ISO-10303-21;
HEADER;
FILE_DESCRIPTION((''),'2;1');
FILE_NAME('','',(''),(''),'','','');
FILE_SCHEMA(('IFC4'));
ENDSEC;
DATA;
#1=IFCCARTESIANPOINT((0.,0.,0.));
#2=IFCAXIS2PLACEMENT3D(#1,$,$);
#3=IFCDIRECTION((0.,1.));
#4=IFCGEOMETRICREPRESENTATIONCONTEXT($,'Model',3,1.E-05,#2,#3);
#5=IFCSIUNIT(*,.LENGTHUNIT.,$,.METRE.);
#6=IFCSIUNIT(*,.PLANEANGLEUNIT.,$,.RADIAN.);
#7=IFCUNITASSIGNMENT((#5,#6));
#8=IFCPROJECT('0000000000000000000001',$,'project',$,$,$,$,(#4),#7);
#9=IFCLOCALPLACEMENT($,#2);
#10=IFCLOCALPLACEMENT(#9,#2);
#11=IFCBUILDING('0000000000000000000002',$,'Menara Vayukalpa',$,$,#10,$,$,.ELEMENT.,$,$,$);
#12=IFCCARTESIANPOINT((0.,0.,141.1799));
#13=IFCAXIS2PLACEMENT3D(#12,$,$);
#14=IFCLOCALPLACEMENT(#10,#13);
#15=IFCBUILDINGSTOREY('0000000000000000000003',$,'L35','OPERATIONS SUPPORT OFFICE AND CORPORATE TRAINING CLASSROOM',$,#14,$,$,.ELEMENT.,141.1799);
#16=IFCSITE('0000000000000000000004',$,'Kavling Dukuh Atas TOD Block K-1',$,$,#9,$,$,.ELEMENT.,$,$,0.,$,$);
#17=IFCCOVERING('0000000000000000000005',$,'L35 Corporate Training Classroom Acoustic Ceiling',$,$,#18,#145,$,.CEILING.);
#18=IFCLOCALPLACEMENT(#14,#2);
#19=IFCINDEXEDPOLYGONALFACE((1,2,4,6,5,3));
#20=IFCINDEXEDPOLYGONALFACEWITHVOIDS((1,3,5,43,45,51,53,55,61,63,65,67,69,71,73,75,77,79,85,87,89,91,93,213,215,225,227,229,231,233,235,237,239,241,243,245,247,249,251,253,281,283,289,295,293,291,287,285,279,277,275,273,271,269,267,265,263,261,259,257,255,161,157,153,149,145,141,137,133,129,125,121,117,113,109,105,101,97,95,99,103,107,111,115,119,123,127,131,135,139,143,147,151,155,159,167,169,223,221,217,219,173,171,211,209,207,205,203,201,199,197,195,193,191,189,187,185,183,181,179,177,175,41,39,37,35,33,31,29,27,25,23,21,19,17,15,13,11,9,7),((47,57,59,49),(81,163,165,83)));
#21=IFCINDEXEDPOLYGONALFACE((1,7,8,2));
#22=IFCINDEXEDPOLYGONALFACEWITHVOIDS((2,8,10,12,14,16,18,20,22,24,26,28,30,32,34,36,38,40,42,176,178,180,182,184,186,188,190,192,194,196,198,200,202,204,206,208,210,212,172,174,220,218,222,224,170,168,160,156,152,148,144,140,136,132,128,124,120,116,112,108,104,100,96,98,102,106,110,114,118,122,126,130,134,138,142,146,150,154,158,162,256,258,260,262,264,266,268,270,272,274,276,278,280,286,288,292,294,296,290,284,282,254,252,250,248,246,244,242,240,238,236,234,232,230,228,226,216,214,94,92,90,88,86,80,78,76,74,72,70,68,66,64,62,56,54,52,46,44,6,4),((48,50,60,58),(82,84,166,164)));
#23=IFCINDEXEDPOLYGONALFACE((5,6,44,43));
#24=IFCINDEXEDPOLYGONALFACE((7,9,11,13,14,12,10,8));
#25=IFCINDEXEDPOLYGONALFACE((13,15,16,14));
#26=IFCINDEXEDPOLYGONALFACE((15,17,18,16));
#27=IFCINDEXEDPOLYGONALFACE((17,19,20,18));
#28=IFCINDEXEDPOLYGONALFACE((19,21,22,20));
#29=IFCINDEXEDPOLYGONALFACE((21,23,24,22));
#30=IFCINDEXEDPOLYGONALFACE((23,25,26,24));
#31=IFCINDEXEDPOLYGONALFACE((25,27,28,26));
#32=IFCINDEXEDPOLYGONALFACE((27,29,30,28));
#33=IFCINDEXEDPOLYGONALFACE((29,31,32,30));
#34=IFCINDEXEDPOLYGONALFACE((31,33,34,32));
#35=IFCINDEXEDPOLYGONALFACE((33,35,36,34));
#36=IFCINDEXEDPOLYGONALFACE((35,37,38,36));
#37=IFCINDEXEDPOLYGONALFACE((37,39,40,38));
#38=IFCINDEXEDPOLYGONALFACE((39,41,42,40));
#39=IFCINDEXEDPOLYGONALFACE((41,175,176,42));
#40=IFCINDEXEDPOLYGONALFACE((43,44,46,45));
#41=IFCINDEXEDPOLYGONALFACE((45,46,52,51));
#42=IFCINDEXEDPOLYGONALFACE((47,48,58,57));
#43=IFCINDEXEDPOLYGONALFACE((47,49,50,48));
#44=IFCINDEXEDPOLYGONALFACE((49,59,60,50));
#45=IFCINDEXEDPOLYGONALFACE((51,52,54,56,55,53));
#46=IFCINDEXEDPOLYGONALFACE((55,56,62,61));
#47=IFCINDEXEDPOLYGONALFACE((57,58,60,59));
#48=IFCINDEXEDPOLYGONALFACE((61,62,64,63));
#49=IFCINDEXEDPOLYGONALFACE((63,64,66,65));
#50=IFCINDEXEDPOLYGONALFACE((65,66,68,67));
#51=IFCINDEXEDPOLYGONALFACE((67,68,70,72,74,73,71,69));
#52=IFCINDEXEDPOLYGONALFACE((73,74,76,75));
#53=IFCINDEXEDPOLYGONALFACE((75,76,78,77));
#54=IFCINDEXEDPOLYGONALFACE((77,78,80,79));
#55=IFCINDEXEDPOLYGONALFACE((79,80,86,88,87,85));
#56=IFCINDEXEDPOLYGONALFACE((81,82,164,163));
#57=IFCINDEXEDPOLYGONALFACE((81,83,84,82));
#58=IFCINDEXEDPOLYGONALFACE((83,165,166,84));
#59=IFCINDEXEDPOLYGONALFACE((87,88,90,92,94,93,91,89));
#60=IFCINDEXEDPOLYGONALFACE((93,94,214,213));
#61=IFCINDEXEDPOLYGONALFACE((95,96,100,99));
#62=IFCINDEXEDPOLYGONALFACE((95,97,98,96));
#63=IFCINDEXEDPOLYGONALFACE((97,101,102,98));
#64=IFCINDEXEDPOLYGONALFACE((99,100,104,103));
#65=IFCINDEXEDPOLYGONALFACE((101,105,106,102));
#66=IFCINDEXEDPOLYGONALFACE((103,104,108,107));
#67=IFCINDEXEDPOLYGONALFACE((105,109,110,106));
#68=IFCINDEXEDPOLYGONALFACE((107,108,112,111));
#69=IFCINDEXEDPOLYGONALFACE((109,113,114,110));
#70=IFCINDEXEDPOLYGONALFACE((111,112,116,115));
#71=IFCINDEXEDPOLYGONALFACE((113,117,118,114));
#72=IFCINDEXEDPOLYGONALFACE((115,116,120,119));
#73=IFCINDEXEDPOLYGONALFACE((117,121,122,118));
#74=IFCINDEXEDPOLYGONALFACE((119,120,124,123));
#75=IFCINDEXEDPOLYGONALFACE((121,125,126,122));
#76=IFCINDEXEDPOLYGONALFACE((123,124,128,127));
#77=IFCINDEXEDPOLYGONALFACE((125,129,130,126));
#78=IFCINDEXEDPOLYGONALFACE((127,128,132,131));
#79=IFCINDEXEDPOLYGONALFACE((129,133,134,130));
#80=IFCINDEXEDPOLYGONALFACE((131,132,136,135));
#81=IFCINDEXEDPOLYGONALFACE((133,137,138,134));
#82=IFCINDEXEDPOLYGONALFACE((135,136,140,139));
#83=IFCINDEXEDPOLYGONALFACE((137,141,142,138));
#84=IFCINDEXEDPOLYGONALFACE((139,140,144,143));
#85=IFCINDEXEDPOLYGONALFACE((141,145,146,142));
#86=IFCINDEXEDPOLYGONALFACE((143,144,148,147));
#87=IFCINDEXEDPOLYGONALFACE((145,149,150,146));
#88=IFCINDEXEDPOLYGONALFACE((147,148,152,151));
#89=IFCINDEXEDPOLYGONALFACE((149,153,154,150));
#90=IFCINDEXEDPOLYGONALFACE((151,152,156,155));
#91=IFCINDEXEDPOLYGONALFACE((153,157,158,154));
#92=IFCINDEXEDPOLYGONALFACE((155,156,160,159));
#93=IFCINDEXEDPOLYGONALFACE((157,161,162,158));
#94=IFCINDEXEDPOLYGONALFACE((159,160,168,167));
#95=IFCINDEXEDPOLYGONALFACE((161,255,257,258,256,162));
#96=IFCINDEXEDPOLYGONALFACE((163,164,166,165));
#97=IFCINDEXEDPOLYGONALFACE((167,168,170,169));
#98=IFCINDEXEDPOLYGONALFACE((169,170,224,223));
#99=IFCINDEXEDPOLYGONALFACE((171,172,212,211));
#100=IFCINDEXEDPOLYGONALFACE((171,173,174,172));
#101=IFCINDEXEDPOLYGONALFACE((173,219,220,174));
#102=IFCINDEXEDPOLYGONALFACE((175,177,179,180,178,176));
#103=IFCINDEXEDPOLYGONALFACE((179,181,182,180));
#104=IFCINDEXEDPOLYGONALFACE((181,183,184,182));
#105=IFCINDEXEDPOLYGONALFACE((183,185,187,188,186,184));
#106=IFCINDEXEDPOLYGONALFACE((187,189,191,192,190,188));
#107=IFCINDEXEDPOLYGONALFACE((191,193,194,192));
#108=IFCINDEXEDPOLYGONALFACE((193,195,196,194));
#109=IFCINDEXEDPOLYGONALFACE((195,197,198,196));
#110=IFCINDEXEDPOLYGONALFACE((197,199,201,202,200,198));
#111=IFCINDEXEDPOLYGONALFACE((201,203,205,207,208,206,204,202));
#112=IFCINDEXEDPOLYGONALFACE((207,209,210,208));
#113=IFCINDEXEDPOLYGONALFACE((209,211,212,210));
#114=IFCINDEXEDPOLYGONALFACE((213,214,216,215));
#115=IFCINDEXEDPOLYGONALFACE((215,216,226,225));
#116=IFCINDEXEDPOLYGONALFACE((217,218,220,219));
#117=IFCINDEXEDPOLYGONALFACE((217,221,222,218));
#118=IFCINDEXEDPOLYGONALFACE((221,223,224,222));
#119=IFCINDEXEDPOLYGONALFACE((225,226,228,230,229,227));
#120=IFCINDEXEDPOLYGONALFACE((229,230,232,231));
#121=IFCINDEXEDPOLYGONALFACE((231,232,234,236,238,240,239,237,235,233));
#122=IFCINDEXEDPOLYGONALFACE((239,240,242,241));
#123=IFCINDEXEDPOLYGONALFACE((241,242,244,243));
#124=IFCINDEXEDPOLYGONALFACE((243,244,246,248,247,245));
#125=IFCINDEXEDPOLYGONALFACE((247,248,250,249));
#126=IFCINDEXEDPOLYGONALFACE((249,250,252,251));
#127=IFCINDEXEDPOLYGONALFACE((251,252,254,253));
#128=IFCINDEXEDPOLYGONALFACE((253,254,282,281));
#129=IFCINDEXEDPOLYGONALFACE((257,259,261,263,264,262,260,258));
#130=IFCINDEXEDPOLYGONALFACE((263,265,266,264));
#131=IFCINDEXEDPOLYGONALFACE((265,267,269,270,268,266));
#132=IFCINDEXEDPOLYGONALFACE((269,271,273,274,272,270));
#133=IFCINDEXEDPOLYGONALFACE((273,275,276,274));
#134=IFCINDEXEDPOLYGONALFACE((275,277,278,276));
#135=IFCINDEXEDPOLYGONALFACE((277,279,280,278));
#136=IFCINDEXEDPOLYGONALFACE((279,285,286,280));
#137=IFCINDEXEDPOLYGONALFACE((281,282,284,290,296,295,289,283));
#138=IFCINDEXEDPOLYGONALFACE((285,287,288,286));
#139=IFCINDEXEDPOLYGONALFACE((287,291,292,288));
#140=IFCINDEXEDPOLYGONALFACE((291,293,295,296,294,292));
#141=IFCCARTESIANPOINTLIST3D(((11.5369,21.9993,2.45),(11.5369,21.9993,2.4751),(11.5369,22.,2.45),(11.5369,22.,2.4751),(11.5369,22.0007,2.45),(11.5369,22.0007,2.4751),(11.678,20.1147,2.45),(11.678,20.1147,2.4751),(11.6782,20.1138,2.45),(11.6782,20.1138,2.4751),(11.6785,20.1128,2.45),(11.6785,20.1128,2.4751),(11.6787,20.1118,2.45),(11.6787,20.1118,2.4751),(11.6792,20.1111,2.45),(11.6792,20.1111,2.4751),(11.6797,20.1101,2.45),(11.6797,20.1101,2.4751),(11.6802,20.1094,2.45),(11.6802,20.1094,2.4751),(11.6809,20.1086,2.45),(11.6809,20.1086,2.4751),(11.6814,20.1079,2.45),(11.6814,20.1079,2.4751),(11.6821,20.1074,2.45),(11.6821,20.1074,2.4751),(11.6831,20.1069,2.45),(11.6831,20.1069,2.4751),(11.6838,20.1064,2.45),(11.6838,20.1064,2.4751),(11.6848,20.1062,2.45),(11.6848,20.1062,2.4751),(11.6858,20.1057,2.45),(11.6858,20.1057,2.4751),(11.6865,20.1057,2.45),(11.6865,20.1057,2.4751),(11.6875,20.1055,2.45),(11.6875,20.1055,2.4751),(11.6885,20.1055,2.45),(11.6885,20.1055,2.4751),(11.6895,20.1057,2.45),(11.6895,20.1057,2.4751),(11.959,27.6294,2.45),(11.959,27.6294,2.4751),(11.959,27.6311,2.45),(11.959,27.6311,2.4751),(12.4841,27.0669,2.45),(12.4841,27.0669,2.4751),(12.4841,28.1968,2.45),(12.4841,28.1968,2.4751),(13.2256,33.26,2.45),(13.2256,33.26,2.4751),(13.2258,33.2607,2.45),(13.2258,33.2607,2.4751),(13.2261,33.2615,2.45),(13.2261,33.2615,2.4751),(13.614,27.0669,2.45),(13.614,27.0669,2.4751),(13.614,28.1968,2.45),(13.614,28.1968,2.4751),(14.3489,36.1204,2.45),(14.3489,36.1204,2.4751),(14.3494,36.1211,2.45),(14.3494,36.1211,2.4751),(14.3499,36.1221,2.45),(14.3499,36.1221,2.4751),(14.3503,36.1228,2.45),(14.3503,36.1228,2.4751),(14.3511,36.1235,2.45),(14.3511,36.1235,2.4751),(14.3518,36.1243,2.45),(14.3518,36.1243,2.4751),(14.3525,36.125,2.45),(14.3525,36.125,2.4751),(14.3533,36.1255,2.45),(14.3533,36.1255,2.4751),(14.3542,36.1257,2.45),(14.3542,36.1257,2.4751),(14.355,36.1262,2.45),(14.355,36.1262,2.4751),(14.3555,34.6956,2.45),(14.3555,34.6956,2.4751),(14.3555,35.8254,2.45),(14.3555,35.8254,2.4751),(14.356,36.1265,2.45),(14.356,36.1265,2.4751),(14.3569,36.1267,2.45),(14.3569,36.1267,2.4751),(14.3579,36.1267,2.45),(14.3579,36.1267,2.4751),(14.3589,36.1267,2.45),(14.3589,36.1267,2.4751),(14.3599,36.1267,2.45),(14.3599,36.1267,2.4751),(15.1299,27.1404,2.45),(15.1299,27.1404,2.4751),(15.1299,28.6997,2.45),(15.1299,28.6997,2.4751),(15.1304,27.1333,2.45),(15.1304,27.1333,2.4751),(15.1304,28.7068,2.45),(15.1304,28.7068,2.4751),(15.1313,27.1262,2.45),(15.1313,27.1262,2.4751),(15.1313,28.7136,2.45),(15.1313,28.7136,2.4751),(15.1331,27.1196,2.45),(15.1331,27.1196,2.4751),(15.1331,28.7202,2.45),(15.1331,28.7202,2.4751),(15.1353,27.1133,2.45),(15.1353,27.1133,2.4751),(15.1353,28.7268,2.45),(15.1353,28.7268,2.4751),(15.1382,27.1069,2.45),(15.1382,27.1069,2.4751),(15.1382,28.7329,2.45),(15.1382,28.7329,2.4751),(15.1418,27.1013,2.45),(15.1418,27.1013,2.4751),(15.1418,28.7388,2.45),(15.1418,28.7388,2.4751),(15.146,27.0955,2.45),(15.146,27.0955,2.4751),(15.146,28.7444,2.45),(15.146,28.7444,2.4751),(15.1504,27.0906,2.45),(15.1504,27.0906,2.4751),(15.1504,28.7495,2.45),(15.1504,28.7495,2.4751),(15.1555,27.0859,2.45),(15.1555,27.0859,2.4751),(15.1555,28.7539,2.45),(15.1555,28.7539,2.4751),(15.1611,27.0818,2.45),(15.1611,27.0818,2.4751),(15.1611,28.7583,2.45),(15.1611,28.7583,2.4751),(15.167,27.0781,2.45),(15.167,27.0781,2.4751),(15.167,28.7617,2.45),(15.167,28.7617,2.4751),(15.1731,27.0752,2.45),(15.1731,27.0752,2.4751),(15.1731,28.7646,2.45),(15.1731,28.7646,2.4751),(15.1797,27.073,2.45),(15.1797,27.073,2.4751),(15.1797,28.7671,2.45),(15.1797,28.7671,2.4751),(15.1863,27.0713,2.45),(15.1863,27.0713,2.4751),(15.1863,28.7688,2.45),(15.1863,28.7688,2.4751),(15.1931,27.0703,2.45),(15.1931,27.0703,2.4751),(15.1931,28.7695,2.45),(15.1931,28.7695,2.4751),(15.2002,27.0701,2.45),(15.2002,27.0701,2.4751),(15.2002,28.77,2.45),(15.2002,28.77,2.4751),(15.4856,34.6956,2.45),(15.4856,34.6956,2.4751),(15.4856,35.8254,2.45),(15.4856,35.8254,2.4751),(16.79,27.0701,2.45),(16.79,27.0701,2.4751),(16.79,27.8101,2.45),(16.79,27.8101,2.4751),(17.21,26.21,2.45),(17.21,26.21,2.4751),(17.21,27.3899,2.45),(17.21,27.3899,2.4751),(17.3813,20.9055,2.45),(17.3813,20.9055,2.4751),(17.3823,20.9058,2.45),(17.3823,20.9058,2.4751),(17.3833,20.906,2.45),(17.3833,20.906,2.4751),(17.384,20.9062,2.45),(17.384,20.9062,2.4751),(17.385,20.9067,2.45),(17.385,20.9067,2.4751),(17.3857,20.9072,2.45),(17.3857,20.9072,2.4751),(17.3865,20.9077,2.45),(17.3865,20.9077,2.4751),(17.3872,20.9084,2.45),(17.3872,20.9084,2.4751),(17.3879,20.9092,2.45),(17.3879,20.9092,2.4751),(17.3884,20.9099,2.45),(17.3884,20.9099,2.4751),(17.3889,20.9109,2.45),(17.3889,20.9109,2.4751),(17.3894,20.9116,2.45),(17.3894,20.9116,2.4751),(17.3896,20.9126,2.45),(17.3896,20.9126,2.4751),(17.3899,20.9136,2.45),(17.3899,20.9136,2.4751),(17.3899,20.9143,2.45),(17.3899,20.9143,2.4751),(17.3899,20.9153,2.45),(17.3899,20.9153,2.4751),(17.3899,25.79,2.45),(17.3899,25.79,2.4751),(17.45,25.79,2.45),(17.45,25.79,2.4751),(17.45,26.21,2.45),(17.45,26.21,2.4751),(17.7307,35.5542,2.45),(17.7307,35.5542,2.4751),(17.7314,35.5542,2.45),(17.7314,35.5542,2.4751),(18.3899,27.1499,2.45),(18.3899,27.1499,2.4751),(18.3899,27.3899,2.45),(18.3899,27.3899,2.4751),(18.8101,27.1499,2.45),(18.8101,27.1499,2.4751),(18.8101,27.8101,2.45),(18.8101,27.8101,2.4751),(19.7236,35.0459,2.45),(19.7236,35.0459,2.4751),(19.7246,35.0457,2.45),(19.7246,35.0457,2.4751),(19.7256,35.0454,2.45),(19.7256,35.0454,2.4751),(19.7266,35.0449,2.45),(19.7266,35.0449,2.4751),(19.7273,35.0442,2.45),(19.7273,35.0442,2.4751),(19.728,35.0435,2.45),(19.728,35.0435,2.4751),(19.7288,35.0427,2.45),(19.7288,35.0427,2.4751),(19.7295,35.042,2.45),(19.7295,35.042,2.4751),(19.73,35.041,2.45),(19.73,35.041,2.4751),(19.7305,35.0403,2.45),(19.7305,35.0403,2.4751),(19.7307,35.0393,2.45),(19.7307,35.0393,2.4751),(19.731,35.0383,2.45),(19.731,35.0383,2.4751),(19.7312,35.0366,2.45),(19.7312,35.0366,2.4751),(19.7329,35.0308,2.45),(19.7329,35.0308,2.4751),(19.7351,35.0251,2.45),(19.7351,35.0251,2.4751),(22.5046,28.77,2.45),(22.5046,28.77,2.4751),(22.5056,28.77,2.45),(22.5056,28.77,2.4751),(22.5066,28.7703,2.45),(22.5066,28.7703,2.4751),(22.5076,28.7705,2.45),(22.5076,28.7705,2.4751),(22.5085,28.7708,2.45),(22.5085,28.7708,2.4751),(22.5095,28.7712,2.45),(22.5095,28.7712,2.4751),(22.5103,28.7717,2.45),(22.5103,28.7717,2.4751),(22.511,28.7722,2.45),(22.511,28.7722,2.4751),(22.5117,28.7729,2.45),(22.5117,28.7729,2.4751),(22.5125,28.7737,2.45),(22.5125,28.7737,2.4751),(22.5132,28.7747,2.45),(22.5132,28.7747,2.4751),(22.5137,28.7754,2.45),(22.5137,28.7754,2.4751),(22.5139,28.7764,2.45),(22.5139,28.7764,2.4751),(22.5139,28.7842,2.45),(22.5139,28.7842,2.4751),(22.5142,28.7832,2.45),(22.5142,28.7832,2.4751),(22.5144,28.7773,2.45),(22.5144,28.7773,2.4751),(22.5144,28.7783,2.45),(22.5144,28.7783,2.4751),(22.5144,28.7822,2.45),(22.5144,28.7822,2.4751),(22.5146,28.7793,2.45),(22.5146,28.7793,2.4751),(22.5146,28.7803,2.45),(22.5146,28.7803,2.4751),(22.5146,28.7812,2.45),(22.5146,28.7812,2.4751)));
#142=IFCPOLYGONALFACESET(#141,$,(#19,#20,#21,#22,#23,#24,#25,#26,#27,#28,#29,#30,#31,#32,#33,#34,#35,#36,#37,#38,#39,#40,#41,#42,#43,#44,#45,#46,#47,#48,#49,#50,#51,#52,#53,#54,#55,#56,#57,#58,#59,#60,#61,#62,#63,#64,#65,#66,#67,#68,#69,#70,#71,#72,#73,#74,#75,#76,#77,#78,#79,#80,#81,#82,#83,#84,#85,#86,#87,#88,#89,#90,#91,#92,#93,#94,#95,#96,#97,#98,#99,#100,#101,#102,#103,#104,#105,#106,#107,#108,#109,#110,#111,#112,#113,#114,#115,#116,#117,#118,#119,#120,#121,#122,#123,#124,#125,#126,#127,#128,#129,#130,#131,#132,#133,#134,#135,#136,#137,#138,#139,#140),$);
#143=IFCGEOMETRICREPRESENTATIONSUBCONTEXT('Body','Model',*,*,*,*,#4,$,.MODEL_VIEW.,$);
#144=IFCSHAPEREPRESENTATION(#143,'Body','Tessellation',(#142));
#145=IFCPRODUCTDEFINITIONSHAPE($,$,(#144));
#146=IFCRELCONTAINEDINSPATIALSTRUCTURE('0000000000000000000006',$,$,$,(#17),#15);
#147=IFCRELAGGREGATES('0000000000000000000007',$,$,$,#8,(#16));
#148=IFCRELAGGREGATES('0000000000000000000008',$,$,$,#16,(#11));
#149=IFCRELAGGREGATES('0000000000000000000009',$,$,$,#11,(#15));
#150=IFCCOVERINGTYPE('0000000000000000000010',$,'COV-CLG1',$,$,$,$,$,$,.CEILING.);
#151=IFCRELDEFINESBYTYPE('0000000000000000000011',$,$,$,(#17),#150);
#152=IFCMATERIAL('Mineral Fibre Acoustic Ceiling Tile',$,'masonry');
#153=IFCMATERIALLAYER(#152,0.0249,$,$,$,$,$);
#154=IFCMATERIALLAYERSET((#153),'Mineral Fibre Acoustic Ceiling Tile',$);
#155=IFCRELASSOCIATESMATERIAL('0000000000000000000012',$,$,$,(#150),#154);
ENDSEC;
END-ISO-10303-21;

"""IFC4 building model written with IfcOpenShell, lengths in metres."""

from ifc_helpers import new_model, si_unit, direction, frame, origin, place, context, subcontext, project, spatial, polyline, outline, extrude, material, layer, layer_set, type_object, element, save


model = new_model("IFC4")

# Units and contexts
model_context = context("Model", 3, precision=1e-05, world=origin(), true_north=direction((0.0, 1.0)))
body_context = subcontext(model_context, "Body", "Model", "MODEL_VIEW")
ifc_project = project(units=[si_unit("LENGTHUNIT", "METRE"), si_unit("PLANEANGLEUNIT", "RADIAN")], contexts=[model_context])

# Site, building, storey
site_placement = place(None, origin())
site = spatial("IfcSite", under=ifc_project, at=site_placement, Name="Kavling Dukuh Atas TOD Block K-1", CompositionType="ELEMENT", RefElevation=0.0)
building_placement = place(site_placement, origin())
building = spatial("IfcBuilding", under=site, at=building_placement, Name="Menara Vayukalpa", CompositionType="ELEMENT")
storey_placement = place(building_placement, frame((0.0, 0.0, 141.1799)))
storey = spatial("IfcBuildingStorey", under=building, at=storey_placement, Name="L35", Description="OPERATIONS SUPPORT OFFICE AND CORPORATE TRAINING CLASSROOM", CompositionType="ELEMENT", Elevation=141.1799)

# Covering
ifc_material_1 = material(Name="Mineral Fibre Acoustic Ceiling Tile", Category="masonry")
ifc_layer_1 = layer(ifc_material_1, 0.0249)
ifc_layer_set_1 = layer_set([ifc_layer_1], Name="Mineral Fibre Acoustic Ceiling Tile")
covering_type_1 = type_object("IfcCoveringType", Name="COV-CLG1", PredefinedType="CEILING", material=ifc_layer_set_1)
covering_1_placement = place(storey_placement, frame((0.0, 0.0, 2.45)))
element("IfcCovering", 1, at=covering_1_placement, inside=storey, type_object=covering_type_1, Name="L35 Corporate Training Classroom Acoustic Ceiling", PredefinedType="CEILING", context=body_context, shape_type="SweptSolid", body=[
    extrude(outline(polyline([(18.8101, 27.1499), (18.3899, 27.1499), (18.3899, 27.3899), (17.21, 27.3899), (17.21, 26.21), (17.45, 26.21), (17.45, 25.79), (17.3899, 25.79), (17.3899, 20.9153), (17.3899, 20.9143), (17.3899, 20.9136), (17.3896, 20.9126), (17.3894, 20.9116), (17.3889, 20.9109), (17.3884, 20.9099), (17.3879, 20.9092), (17.3872, 20.9084), (17.3865, 20.9077), (17.3857, 20.9072), (17.385, 20.9067), (17.384, 20.9062), (17.3833, 20.906), (17.3823, 20.9058), (17.3813, 20.9055), (11.6895, 20.1057), (11.6885, 20.1055), (11.6875, 20.1055), (11.6865, 20.1057), (11.6858, 20.1057), (11.6848, 20.1062), (11.6838, 20.1064), (11.6831, 20.1069), (11.6821, 20.1074), (11.6814, 20.1079), (11.6809, 20.1086), (11.6802, 20.1094), (11.6797, 20.1101), (11.6792, 20.1111), (11.6787, 20.1118), (11.6785, 20.1128), (11.6782, 20.1138), (11.678, 20.1147), (11.5369, 21.9993), (11.5369, 22.0), (11.5369, 22.0007), (11.959, 27.6294), (11.959, 27.6311), (13.2256, 33.26), (13.2258, 33.2607), (13.2261, 33.2615), (14.3489, 36.1204), (14.3494, 36.1211), (14.3499, 36.1221), (14.3503, 36.1228), (14.3511, 36.1235), (14.3518, 36.1243), (14.3525, 36.125), (14.3533, 36.1255), (14.3542, 36.1257), (14.355, 36.1262), (14.356, 36.1265), (14.3569, 36.1267), (14.3579, 36.1267), (14.3589, 36.1267), (14.3599, 36.1267), (17.7307, 35.5542), (17.7314, 35.5542), (19.7236, 35.0459), (19.7246, 35.0457), (19.7256, 35.0454), (19.7266, 35.0449), (19.7273, 35.0442), (19.728, 35.0435), (19.7288, 35.0427), (19.7295, 35.042), (19.73, 35.041), (19.7305, 35.0403), (19.7307, 35.0393), (19.731, 35.0383), (19.7312, 35.0366), (19.7329, 35.0308), (19.7351, 35.0251), (22.5139, 28.7842), (22.5142, 28.7832), (22.5144, 28.7822), (22.5146, 28.7812), (22.5146, 28.7803), (22.5146, 28.7793), (22.5144, 28.7783), (22.5144, 28.7773), (22.5139, 28.7764), (22.5137, 28.7754), (22.5132, 28.7747), (22.5125, 28.7737), (22.5117, 28.7729), (22.511, 28.7722), (22.5103, 28.7717), (22.5095, 28.7712), (22.5085, 28.7708), (22.5076, 28.7705), (22.5066, 28.7703), (22.5056, 28.77), (22.5046, 28.77), (15.2002, 28.77), (15.1931, 28.7695), (15.1863, 28.7688), (15.1797, 28.7671), (15.1731, 28.7646), (15.167, 28.7617), (15.1611, 28.7583), (15.1555, 28.7539), (15.1504, 28.7495), (15.146, 28.7444), (15.1418, 28.7388), (15.1382, 28.7329), (15.1353, 28.7268), (15.1331, 28.7202), (15.1313, 28.7136), (15.1304, 28.7068), (15.1299, 28.6997), (15.1299, 27.1404), (15.1304, 27.1333), (15.1313, 27.1262), (15.1331, 27.1196), (15.1353, 27.1133), (15.1382, 27.1069), (15.1418, 27.1013), (15.146, 27.0955), (15.1504, 27.0906), (15.1555, 27.0859), (15.1611, 27.0818), (15.167, 27.0781), (15.1731, 27.0752), (15.1797, 27.073), (15.1863, 27.0713), (15.1931, 27.0703), (15.2002, 27.0701), (16.79, 27.0701), (16.79, 27.8101), (18.8101, 27.8101), (18.8101, 27.1499)]), holes=[polyline([(13.614, 28.1968), (12.4841, 28.1968), (12.4841, 27.0669), (13.614, 27.0669), (13.614, 28.1968)]), polyline([(15.4856, 35.8254), (14.3555, 35.8254), (14.3555, 34.6956), (15.4856, 34.6956), (15.4856, 35.8254)])]), origin(), (0.0, 0.0, 1.0), 0.0251),
])

save(model, "model.ifc")
